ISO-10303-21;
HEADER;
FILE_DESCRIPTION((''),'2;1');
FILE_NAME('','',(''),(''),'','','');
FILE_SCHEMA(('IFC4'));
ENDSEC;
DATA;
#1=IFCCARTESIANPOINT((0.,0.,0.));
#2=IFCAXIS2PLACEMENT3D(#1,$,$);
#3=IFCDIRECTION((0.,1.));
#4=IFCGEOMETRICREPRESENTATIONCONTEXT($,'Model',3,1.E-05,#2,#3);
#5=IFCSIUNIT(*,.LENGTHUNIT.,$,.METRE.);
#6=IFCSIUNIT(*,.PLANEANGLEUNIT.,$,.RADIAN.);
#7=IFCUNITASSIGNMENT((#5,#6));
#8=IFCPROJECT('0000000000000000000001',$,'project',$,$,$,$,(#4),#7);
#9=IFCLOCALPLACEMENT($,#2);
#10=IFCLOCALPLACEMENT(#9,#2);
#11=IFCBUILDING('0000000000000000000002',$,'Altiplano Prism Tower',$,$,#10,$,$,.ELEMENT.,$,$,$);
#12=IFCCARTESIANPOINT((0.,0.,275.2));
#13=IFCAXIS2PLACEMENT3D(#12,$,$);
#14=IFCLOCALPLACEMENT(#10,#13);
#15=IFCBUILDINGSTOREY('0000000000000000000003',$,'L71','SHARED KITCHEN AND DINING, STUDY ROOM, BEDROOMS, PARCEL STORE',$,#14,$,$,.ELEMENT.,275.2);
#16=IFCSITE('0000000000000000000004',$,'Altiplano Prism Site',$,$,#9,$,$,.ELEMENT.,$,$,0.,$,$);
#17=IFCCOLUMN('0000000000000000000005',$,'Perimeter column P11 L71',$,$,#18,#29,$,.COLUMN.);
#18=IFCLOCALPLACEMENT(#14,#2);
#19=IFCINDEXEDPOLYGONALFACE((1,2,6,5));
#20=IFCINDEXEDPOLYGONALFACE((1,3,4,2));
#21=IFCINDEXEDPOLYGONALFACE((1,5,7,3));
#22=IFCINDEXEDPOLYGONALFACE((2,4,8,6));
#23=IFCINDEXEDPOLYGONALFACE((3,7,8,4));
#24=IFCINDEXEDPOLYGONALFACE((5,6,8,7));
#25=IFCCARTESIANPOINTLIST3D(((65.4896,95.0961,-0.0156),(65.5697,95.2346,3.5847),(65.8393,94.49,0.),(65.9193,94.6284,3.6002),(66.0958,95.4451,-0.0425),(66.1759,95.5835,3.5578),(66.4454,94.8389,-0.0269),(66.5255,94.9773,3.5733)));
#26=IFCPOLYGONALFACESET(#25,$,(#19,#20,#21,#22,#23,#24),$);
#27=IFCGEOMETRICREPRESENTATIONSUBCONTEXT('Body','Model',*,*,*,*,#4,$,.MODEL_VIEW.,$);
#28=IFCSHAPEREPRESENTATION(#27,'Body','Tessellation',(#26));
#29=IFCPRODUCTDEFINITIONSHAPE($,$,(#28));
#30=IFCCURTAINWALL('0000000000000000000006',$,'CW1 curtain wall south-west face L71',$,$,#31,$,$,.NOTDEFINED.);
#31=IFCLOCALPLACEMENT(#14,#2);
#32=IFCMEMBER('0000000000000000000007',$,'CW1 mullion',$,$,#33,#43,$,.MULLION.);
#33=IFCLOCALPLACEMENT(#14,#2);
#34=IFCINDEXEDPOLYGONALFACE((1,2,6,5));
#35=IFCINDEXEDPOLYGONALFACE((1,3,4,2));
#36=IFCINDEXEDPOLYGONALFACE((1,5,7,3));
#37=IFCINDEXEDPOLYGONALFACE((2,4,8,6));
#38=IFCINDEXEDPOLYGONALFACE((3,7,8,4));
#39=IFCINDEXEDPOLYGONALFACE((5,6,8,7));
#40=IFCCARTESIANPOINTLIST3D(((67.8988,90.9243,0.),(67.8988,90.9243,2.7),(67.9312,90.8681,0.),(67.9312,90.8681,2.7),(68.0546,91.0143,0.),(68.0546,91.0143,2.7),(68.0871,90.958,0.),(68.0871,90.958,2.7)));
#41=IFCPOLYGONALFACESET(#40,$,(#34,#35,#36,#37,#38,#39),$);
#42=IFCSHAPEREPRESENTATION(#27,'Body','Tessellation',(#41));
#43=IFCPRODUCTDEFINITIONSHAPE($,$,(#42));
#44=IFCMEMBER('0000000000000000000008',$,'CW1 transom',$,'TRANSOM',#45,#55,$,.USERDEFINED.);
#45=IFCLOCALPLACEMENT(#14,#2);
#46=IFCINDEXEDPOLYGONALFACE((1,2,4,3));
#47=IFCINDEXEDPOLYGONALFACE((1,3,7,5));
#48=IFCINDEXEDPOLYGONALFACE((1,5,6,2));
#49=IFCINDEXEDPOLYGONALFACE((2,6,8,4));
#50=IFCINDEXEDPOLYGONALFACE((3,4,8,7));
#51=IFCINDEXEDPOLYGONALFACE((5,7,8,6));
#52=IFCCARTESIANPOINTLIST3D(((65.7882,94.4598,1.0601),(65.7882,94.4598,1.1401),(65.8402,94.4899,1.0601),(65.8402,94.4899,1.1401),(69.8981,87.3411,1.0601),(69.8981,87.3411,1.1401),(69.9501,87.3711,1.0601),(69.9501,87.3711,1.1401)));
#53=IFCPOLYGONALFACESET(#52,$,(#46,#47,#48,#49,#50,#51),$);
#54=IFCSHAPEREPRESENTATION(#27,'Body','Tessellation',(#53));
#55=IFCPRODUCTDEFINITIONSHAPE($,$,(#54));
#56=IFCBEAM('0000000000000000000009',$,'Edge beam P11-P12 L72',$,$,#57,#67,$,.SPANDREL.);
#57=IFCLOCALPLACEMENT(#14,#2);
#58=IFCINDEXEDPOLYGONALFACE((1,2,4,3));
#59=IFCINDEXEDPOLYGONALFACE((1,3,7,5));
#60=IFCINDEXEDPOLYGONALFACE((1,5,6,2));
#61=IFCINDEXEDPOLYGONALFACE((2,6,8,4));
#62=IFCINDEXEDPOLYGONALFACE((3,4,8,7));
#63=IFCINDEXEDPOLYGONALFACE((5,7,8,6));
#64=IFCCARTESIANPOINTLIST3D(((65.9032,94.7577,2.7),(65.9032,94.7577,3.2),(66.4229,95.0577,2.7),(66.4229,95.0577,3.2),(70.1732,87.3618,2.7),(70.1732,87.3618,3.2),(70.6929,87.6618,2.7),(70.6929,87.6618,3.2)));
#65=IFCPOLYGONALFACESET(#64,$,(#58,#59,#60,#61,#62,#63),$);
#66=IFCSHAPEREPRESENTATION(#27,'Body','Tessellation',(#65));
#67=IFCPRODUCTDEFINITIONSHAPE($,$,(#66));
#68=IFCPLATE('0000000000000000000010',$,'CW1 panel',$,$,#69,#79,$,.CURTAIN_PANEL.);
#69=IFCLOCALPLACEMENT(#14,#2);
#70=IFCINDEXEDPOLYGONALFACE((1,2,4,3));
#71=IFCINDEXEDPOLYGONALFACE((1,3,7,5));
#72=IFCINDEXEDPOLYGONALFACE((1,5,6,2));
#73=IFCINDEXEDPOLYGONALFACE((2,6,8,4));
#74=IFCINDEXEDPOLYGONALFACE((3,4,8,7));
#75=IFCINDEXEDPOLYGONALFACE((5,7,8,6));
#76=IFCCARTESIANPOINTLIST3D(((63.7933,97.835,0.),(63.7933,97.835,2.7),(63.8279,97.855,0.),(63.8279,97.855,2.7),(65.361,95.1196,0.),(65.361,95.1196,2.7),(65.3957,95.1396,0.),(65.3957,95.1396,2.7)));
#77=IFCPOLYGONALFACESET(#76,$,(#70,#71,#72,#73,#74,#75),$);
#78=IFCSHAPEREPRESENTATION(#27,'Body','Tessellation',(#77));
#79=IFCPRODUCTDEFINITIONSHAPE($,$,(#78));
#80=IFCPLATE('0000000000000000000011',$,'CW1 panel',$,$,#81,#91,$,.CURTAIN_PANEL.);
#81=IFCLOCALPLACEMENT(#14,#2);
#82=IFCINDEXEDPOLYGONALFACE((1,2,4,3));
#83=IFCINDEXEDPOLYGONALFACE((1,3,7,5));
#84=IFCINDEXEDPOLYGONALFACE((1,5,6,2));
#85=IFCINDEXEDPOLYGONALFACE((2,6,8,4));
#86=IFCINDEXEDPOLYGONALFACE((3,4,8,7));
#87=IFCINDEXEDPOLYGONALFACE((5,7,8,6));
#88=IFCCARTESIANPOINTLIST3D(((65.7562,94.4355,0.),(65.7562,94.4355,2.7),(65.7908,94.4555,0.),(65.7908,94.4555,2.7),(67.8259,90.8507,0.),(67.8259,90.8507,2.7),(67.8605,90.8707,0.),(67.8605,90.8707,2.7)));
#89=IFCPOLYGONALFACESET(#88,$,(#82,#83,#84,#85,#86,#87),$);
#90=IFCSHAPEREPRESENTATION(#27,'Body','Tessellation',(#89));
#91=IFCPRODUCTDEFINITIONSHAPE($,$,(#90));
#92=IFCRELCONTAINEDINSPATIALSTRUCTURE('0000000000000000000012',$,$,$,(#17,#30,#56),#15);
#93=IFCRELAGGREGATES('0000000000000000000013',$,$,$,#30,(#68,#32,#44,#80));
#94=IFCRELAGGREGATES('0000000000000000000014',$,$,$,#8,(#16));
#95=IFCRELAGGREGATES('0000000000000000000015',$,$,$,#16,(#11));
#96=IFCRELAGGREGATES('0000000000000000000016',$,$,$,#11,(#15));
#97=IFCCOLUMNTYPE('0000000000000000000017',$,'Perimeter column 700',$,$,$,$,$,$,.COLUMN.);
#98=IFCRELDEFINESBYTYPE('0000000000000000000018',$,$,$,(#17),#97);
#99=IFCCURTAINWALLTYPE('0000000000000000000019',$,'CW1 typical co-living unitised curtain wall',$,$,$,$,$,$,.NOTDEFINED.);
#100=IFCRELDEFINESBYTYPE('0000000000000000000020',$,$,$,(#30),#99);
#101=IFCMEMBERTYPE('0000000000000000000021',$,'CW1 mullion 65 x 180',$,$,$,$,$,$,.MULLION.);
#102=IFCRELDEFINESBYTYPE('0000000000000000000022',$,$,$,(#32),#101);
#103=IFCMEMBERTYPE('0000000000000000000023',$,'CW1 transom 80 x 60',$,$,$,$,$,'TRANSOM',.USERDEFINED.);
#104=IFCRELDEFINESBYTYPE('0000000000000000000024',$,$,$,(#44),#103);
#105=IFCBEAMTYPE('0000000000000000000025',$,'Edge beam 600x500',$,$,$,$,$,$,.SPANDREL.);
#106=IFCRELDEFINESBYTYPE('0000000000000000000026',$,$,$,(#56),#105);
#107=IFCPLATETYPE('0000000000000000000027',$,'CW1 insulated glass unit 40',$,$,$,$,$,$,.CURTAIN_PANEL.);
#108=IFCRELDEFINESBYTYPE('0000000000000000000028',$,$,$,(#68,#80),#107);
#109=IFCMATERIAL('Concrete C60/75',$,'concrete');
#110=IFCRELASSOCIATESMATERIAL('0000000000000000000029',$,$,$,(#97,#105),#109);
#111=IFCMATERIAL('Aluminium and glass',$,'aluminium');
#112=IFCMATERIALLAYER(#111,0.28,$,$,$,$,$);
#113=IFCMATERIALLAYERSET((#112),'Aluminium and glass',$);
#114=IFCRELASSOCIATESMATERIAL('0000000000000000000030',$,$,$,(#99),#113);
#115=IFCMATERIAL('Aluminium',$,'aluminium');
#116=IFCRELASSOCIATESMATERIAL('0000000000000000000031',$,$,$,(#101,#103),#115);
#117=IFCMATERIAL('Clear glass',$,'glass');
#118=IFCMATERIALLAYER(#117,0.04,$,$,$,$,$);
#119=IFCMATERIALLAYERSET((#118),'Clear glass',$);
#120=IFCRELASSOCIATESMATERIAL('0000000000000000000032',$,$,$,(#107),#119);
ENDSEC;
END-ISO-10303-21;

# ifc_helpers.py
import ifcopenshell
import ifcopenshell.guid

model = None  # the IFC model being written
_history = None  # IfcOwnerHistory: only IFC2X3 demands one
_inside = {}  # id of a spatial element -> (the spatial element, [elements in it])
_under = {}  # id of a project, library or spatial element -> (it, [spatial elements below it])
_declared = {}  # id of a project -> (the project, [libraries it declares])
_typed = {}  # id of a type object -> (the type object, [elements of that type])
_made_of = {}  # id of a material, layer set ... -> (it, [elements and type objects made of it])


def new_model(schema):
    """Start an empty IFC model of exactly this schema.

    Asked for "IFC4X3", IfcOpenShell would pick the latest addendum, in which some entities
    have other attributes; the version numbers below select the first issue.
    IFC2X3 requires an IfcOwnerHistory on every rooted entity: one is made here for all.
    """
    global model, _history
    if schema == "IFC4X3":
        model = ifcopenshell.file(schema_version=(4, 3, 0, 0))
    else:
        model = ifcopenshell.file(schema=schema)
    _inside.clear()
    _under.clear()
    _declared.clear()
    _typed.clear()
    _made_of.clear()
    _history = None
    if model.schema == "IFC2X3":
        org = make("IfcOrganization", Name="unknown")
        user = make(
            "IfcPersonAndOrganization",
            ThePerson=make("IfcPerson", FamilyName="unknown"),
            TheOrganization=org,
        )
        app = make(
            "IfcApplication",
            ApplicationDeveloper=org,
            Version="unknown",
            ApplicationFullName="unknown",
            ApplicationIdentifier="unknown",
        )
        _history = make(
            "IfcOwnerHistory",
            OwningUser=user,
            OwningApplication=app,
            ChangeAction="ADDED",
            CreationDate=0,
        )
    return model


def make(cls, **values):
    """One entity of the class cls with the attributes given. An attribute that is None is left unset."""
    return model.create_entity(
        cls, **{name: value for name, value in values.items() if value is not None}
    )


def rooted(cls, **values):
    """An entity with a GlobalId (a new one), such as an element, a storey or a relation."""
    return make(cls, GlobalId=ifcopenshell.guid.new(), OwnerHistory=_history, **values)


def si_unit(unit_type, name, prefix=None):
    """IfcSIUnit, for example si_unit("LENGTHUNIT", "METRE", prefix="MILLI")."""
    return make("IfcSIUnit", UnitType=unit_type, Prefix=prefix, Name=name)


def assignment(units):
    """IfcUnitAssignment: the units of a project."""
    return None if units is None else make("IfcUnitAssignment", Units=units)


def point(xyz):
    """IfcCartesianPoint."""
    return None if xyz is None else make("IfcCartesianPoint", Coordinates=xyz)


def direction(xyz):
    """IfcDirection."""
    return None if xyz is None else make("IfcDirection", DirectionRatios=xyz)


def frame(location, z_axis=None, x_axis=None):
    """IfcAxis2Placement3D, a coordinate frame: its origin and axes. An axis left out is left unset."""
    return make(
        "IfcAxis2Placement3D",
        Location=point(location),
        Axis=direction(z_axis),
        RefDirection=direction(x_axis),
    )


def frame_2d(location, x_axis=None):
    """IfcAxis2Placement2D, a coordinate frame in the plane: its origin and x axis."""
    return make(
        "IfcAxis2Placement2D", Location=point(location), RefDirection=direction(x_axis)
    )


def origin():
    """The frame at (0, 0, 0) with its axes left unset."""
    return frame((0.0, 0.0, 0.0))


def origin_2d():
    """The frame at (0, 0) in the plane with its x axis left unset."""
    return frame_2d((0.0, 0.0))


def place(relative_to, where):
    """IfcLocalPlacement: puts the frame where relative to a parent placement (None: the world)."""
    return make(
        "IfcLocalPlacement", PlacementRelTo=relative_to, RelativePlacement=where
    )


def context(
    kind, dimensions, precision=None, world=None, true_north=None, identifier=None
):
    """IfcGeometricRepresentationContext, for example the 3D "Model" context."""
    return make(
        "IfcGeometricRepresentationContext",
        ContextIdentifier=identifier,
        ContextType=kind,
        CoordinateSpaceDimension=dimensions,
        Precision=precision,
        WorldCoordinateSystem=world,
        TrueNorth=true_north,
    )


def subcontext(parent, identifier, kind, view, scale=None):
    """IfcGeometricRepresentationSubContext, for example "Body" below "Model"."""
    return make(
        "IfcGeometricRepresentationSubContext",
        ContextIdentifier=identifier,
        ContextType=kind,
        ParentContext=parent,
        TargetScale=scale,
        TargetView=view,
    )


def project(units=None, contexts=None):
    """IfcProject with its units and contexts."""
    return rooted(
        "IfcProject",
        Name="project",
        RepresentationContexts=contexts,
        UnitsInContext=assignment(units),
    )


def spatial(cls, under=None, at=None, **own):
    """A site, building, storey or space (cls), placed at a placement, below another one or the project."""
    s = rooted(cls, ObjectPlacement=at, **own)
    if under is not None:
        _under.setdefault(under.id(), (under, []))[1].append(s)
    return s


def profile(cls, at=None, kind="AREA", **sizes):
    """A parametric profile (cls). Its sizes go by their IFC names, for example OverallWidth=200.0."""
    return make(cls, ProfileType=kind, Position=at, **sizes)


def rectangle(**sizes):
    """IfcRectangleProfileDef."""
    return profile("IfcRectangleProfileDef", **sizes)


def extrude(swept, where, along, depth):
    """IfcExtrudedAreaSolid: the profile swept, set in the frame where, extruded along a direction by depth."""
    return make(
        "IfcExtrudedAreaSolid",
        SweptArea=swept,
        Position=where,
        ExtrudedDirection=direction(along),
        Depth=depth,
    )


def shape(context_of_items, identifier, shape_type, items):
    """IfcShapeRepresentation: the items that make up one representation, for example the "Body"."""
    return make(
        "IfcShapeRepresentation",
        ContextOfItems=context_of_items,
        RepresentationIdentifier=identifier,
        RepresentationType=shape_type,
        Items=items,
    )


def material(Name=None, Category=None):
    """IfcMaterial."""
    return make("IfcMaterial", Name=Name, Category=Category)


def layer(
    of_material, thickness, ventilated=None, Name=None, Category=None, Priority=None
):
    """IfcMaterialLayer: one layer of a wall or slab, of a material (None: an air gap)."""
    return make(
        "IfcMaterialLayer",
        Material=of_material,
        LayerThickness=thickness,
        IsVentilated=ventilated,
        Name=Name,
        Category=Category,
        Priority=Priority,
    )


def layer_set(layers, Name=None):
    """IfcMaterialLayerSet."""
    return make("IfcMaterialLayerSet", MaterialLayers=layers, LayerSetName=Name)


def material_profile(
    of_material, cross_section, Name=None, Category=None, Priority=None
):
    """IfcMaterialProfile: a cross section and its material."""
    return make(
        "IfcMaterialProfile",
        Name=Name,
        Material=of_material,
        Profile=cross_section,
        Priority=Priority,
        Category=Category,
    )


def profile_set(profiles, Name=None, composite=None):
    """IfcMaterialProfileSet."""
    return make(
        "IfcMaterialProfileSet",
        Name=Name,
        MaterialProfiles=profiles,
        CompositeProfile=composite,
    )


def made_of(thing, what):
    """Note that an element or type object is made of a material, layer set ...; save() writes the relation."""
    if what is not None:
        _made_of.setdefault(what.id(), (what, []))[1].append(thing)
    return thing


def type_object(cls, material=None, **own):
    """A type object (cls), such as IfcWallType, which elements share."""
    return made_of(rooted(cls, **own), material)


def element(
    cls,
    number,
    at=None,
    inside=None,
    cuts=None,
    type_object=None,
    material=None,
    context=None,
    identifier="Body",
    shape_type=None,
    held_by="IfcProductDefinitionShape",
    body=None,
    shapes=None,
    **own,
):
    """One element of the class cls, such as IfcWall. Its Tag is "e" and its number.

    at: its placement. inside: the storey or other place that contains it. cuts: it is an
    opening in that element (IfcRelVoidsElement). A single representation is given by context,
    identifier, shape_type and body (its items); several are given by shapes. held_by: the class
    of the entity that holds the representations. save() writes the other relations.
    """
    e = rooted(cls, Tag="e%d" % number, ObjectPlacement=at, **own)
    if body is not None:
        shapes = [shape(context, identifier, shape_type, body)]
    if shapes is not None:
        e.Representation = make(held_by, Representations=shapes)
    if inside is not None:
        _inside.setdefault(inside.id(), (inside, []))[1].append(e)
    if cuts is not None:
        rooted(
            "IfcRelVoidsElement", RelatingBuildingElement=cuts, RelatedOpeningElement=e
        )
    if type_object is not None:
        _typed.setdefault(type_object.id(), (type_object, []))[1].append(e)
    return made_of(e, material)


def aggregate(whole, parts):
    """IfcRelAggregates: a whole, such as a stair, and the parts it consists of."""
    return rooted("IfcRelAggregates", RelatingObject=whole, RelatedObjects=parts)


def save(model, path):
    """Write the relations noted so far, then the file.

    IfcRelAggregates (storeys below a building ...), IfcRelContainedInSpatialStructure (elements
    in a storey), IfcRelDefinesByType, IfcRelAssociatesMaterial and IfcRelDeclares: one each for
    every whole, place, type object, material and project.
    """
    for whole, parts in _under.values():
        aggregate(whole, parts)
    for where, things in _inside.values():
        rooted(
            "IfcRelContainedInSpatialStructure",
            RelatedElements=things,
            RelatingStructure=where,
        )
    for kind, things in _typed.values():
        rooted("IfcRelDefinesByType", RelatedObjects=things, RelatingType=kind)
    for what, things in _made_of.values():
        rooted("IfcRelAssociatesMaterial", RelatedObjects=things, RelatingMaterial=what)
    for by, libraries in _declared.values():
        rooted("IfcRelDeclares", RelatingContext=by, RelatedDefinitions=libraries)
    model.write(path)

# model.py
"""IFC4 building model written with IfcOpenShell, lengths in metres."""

from ifc_helpers import new_model, si_unit, direction, frame, origin, origin_2d, place, context, subcontext, project, spatial, rectangle, extrude, material, layer, layer_set, material_profile, profile_set, type_object, element, aggregate, save


model = new_model("IFC4")

# Units and contexts
model_context = context("Model", 3, precision=1e-05, world=origin(), true_north=direction((0.0, 1.0)))
body_context = subcontext(model_context, "Body", "Model", "MODEL_VIEW")
ifc_project = project(units=[si_unit("LENGTHUNIT", "METRE"), si_unit("PLANEANGLEUNIT", "RADIAN")], contexts=[model_context])

# Site, building, storey
site_placement = place(None, origin())
site = spatial("IfcSite", under=ifc_project, at=site_placement, Name="Altiplano Prism Site", CompositionType="ELEMENT", RefElevation=0.0)
building_placement = place(site_placement, origin())
building = spatial("IfcBuilding", under=site, at=building_placement, Name="Altiplano Prism Tower", CompositionType="ELEMENT")
storey_placement = place(building_placement, frame((0.0, 0.0, 275.2)))
storey = spatial("IfcBuildingStorey", under=building, at=storey_placement, Name="L71", Description="SHARED KITCHEN AND DINING, STUDY ROOM, BEDROOMS, PARCEL STORE", CompositionType="ELEMENT", Elevation=275.2)

# Column
ifc_material_1 = material(Name="Concrete C60/75", Category="concrete")
ifc_material_profile_1 = material_profile(ifc_material_1, rectangle(XDim=0.7, YDim=0.7, at=origin_2d()), Name="Perimeter column 700")
ifc_profile_set_1 = profile_set([ifc_material_profile_1], Name="Concrete C60/75")
column_type = type_object("IfcColumnType", Name="Perimeter column 700", PredefinedType="COLUMN", material=ifc_profile_set_1)
column_placement = place(storey_placement, frame((65.9675, 94.9675, -0.0212), z_axis=(0.022221, 0.038413, 0.999015), x_axis=(-0.866021, -0.498528, 0.038432)))
element("IfcColumn", 1, at=column_placement, inside=storey, type_object=column_type, Name="Perimeter column P11 L71", PredefinedType="COLUMN", context=body_context, shape_type="SweptSolid", body=[
    extrude(rectangle(XDim=0.7, YDim=0.7, at=origin_2d()), origin(), (0.0, 0.0, 1.0), 3.6038),
])

# Curtain wall, members
ifc_material_2 = material(Name="Aluminium and glass", Category="aluminium")
ifc_layer_1 = layer(ifc_material_2, 0.28)
ifc_layer_set_1 = layer_set([ifc_layer_1], Name="Aluminium and glass")
curtain_wall_type = type_object("IfcCurtainWallType", Name="CW1 typical co-living unitised curtain wall", PredefinedType="NOTDEFINED", material=ifc_layer_set_1)
curtain_wall_placement = place(storey_placement, origin())
curtain_wall = element("IfcCurtainWall", 2, at=curtain_wall_placement, inside=storey, type_object=curtain_wall_type, Name="CW1 curtain wall south-west face L71", PredefinedType="NOTDEFINED")
ifc_material_3 = material(Name="Aluminium", Category="aluminium")
ifc_material_profile_2 = material_profile(ifc_material_3, rectangle(XDim=0.1799, YDim=0.0649, at=origin_2d()), Name="CW1 mullion 65 x 180")
ifc_profile_set_2 = profile_set([ifc_material_profile_2], Name="Aluminium")
member_type_1 = type_object("IfcMemberType", Name="CW1 mullion 65 x 180", PredefinedType="MULLION", material=ifc_profile_set_2)
member_1_placement = place(storey_placement, frame((67.9929, 90.9412, 0.0), z_axis=(0.0, 0.0, 1.0), x_axis=(0.866025, 0.5, 0.0)))
member_1 = element("IfcMember", 3, at=member_1_placement, type_object=member_type_1, Name="CW1 mullion", PredefinedType="MULLION", context=body_context, shape_type="SweptSolid", body=[
    extrude(rectangle(XDim=0.1799, YDim=0.0649, at=origin_2d()), origin(), (0.0, 0.0, 1.0), 2.7),
])
ifc_material_profile_3 = material_profile(ifc_material_3, rectangle(XDim=0.0601, YDim=0.0801, at=origin_2d()), Name="CW1 transom 80 x 60")
ifc_profile_set_3 = profile_set([ifc_material_profile_3], Name="Aluminium")
member_type_2 = type_object("IfcMemberType", Name="CW1 transom 80 x 60", ElementType="TRANSOM", PredefinedType="USERDEFINED", material=ifc_profile_set_3)
member_2_placement = place(storey_placement, frame((65.8142, 94.4749, 1.1001), z_axis=(0.499992, -0.86603, 0.0), x_axis=(0.86603, 0.499992, 0.0)))
member_2 = element("IfcMember", 4, at=member_2_placement, type_object=member_type_2, Name="CW1 transom", ObjectType="TRANSOM", PredefinedType="USERDEFINED", context=body_context, shape_type="SweptSolid", body=[
    extrude(rectangle(XDim=0.0601, YDim=0.0801, at=origin_2d()), origin(), (0.0, 0.0, 1.0), 8.22),
])

# Beam
ifc_material_profile_4 = material_profile(ifc_material_1, rectangle(XDim=0.6001, YDim=0.5, at=origin_2d()), Name="Edge beam 600x500")
ifc_profile_set_4 = profile_set([ifc_material_profile_4], Name="Concrete C60/75")
beam_type = type_object("IfcBeamType", Name="Edge beam 600x500", PredefinedType="SPANDREL", material=ifc_profile_set_4)
beam_placement = place(storey_placement, frame((66.1631, 94.9077, 2.95), z_axis=(0.499995, -0.866028, 0.0), x_axis=(0.866028, 0.499995, 0.0)))
element("IfcBeam", 5, at=beam_placement, inside=storey, type_object=beam_type, Name="Edge beam P11-P12 L72", PredefinedType="SPANDREL", context=body_context, shape_type="SweptSolid", body=[
    extrude(rectangle(XDim=0.6001, YDim=0.5, at=origin_2d()), origin(), (0.0, 0.0, 1.0), 8.54),
])

# Plates
ifc_material_4 = material(Name="Clear glass", Category="glass")
ifc_layer_2 = layer(ifc_material_4, 0.04)
ifc_layer_set_2 = layer_set([ifc_layer_2], Name="Clear glass")
plate_type = type_object("IfcPlateType", Name="CW1 insulated glass unit 40", PredefinedType="CURTAIN_PANEL", material=ifc_layer_set_2)
plate_1_placement = place(storey_placement, frame((64.5945, 96.4873, 0.0), z_axis=(0.0, 0.0, 1.0), x_axis=(0.5, -0.866025, 0.0)))
plate_1 = element("IfcPlate", 6, at=plate_1_placement, type_object=plate_type, Name="CW1 panel", PredefinedType="CURTAIN_PANEL", context=body_context, shape_type="SweptSolid", body=[
    extrude(rectangle(XDim=3.1355, YDim=0.04, at=origin_2d()), origin(), (0.0, 0.0, 1.0), 2.7),
])
plate_2_placement = place(storey_placement, frame((66.8083, 92.6531, 0.0), z_axis=(0.0, 0.0, 1.0), x_axis=(0.5, -0.866025, 0.0)))
plate_2 = element("IfcPlate", 7, at=plate_2_placement, type_object=plate_type, Name="CW1 panel", PredefinedType="CURTAIN_PANEL", context=body_context, shape_type="SweptSolid", body=[
    extrude(rectangle(XDim=4.1394, YDim=0.04, at=origin_2d()), origin(), (0.0, 0.0, 1.0), 2.7),
])
aggregate(curtain_wall, [plate_1, member_1, member_2, plate_2])

save(model, "model.ifc")
